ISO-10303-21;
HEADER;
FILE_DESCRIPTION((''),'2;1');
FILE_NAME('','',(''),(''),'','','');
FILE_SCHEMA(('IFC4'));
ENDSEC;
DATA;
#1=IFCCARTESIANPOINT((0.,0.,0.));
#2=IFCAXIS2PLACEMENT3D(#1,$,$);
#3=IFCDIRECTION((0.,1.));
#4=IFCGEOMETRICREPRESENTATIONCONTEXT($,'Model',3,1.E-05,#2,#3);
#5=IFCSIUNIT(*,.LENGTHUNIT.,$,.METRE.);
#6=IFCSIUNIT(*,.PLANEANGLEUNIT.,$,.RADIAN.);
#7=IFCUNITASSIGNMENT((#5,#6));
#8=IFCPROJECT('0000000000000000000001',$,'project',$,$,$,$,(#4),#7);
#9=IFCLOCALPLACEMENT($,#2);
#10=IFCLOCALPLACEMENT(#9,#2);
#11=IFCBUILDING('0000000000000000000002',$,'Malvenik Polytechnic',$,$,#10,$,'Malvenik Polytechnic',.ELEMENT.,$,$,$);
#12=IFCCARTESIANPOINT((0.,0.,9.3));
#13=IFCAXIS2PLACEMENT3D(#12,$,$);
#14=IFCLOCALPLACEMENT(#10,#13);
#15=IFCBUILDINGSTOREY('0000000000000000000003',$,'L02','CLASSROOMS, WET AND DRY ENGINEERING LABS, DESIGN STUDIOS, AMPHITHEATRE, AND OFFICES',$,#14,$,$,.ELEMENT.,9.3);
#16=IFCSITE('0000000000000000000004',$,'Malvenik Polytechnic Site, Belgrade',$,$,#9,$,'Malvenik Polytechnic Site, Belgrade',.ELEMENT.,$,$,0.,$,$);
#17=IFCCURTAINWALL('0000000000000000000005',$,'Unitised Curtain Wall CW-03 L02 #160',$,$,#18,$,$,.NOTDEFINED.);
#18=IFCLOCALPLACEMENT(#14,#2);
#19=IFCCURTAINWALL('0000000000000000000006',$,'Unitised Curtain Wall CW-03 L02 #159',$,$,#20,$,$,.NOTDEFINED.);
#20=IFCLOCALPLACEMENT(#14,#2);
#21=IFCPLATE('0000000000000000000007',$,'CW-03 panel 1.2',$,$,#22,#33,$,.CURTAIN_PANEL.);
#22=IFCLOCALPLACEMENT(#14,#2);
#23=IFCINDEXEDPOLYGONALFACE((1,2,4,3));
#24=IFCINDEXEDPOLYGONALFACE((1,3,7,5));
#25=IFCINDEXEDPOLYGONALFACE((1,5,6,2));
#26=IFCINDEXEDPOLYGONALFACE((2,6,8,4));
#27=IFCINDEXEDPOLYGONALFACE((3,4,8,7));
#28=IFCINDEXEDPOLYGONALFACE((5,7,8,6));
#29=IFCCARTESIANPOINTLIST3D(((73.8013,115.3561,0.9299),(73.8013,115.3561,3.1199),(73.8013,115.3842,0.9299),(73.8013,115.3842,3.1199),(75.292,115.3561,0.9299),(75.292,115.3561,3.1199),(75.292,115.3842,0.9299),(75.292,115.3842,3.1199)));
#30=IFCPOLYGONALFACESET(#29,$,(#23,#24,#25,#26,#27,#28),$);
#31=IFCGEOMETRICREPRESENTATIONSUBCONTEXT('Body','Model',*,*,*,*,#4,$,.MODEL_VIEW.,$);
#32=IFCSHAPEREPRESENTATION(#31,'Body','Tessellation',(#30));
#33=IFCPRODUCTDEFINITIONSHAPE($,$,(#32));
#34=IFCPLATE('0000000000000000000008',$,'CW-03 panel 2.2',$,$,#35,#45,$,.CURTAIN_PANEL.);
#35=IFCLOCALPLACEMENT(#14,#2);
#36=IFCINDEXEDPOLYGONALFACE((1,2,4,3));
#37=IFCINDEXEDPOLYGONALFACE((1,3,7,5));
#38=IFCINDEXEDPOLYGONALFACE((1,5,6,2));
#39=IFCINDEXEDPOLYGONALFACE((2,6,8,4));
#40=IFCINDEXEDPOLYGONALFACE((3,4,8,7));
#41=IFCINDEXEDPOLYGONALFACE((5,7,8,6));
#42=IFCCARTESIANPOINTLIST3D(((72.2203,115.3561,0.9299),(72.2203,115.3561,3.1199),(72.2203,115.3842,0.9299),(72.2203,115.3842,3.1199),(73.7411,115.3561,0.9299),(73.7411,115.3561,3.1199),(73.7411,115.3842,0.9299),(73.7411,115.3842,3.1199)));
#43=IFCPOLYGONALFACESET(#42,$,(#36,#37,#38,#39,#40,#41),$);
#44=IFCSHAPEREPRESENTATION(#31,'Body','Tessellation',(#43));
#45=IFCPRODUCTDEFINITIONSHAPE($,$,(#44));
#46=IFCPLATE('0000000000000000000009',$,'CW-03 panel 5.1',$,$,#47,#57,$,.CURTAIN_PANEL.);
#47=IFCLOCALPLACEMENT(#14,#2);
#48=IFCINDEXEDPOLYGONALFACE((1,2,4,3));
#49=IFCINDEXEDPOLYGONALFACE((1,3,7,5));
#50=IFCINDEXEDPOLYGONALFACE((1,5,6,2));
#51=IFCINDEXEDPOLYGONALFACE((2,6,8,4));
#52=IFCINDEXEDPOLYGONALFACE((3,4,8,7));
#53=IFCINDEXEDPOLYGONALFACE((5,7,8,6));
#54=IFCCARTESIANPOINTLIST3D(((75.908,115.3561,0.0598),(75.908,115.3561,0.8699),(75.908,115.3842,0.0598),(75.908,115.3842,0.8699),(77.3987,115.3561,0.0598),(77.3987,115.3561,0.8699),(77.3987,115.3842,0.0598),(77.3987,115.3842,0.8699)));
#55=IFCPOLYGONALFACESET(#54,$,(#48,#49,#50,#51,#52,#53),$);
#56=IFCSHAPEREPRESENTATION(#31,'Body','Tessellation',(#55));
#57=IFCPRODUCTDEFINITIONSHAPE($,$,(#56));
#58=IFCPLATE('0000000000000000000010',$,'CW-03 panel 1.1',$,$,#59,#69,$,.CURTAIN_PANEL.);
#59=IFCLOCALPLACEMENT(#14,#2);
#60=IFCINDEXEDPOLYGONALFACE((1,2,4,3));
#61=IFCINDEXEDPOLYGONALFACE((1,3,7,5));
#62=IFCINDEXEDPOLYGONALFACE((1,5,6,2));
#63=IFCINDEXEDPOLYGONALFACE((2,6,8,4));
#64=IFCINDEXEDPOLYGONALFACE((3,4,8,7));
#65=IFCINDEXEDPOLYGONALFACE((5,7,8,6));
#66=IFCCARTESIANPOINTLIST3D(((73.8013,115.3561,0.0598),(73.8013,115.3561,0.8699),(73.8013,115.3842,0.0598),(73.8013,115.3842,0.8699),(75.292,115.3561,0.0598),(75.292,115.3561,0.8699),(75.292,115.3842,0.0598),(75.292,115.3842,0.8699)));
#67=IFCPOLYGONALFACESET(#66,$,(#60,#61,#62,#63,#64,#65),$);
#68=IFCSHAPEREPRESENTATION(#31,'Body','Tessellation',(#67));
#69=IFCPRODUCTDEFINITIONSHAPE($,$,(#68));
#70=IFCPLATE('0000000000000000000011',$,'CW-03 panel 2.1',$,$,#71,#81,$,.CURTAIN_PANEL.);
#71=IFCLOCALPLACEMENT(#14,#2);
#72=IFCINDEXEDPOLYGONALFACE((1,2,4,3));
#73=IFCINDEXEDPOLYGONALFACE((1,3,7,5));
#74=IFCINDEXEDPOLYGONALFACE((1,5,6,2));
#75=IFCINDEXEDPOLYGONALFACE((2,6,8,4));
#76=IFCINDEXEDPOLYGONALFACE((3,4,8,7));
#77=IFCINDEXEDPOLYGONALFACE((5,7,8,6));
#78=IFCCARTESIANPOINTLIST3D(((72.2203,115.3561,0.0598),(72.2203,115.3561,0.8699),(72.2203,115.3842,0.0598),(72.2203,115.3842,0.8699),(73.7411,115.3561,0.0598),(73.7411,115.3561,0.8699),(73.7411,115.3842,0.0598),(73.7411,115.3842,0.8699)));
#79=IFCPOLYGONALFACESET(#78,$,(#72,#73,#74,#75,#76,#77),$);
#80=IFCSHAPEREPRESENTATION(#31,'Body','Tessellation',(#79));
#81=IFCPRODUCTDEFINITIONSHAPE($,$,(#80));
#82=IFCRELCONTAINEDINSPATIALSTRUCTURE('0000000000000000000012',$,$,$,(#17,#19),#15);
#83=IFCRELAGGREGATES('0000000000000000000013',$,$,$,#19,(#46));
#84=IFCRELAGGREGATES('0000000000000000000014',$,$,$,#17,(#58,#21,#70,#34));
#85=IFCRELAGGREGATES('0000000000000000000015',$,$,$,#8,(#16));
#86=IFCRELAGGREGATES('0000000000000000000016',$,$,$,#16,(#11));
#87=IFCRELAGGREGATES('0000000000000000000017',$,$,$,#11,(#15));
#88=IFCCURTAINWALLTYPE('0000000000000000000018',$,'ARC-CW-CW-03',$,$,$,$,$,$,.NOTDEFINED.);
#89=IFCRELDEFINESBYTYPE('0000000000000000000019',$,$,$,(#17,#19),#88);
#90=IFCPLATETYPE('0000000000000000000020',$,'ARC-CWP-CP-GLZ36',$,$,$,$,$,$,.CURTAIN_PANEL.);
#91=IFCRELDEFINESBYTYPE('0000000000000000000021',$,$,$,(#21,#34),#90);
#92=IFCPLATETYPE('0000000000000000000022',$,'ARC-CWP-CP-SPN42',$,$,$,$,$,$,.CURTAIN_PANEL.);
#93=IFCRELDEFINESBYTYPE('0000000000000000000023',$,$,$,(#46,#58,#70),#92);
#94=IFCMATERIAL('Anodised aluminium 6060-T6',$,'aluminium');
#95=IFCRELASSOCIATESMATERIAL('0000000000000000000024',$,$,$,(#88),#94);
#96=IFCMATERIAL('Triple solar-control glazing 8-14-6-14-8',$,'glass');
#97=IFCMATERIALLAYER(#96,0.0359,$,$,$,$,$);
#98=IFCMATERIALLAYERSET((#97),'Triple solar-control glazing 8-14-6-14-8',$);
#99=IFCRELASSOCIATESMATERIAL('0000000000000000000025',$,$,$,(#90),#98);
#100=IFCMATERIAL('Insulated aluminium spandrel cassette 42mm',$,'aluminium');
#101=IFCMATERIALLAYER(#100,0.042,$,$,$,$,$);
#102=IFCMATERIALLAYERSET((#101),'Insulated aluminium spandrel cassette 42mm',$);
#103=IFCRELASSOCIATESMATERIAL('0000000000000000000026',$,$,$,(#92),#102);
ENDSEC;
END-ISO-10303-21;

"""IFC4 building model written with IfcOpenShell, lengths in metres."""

from ifc_helpers import new_model, si_unit, direction, frame, origin, origin_2d, place, context, subcontext, project, spatial, rectangle, extrude, material, layer, layer_set, type_object, element, aggregate, save


model = new_model("IFC4")

# Units and contexts
model_context = context("Model", 3, precision=1e-05, world=origin(), true_north=direction((0.0, 1.0)))
body_context = subcontext(model_context, "Body", "Model", "MODEL_VIEW")
ifc_project = project(units=[si_unit("LENGTHUNIT", "METRE"), si_unit("PLANEANGLEUNIT", "RADIAN")], contexts=[model_context])

# Site, building, storey
site_placement = place(None, origin())
site = spatial("IfcSite", under=ifc_project, at=site_placement, Name="Malvenik Polytechnic Site, Belgrade", LongName="Malvenik Polytechnic Site, Belgrade", CompositionType="ELEMENT", RefElevation=0.0)
building_placement = place(site_placement, origin())
building = spatial("IfcBuilding", under=site, at=building_placement, Name="Malvenik Polytechnic", LongName="Malvenik Polytechnic", CompositionType="ELEMENT")
storey_placement = place(building_placement, frame((0.0, 0.0, 9.3)))
storey = spatial("IfcBuildingStorey", under=building, at=storey_placement, Name="L02", Description="CLASSROOMS, WET AND DRY ENGINEERING LABS, DESIGN STUDIOS, AMPHITHEATRE, AND OFFICES", CompositionType="ELEMENT", Elevation=9.3)

# Curtain walls
ifc_material_1 = material(Name="Anodised aluminium 6060-T6", Category="aluminium")
curtain_wall_type = type_object("IfcCurtainWallType", Name="ARC-CW-CW-03", PredefinedType="NOTDEFINED", material=ifc_material_1)
curtain_wall_1_placement = place(storey_placement, origin())
curtain_wall_1 = element("IfcCurtainWall", 1, at=curtain_wall_1_placement, inside=storey, type_object=curtain_wall_type, Name="Unitised Curtain Wall CW-03 L02 #160", PredefinedType="NOTDEFINED")
curtain_wall_2_placement = place(storey_placement, origin())
curtain_wall_2 = element("IfcCurtainWall", 2, at=curtain_wall_2_placement, inside=storey, type_object=curtain_wall_type, Name="Unitised Curtain Wall CW-03 L02 #159", PredefinedType="NOTDEFINED")

# Plates
ifc_material_2 = material(Name="Triple solar-control glazing 8-14-6-14-8", Category="glass")
ifc_layer_1 = layer(ifc_material_2, 0.0359)
ifc_layer_set_1 = layer_set([ifc_layer_1], Name="Triple solar-control glazing 8-14-6-14-8")
plate_type_1 = type_object("IfcPlateType", Name="ARC-CWP-CP-GLZ36", PredefinedType="CURTAIN_PANEL", material=ifc_layer_set_1)
plate_1_placement = place(storey_placement, frame((74.5466, 115.3701, 0.9299), z_axis=(0.0, 0.0, 1.0), x_axis=(-1.0, 0.0, 0.0)))
plate_1 = element("IfcPlate", 3, at=plate_1_placement, type_object=plate_type_1, Name="CW-03 panel 1.2", PredefinedType="CURTAIN_PANEL", context=body_context, shape_type="SweptSolid", body=[
    extrude(rectangle(XDim=1.4907, YDim=0.0281, at=origin_2d()), origin(), (0.0, 0.0, 1.0), 2.1899),
])
plate_2_placement = place(storey_placement, frame((72.9807, 115.3701, 0.9299), z_axis=(0.0, 0.0, 1.0), x_axis=(-1.0, 0.0, 0.0)))
plate_2 = element("IfcPlate", 4, at=plate_2_placement, type_object=plate_type_1, Name="CW-03 panel 2.2", PredefinedType="CURTAIN_PANEL", context=body_context, shape_type="SweptSolid", body=[
    extrude(rectangle(XDim=1.5208, YDim=0.0281, at=origin_2d()), origin(), (0.0, 0.0, 1.0), 2.1899),
])
ifc_material_3 = material(Name="Insulated aluminium spandrel cassette 42mm", Category="aluminium")
ifc_layer_2 = layer(ifc_material_3, 0.042)
ifc_layer_set_2 = layer_set([ifc_layer_2], Name="Insulated aluminium spandrel cassette 42mm")
plate_type_2 = type_object("IfcPlateType", Name="ARC-CWP-CP-SPN42", PredefinedType="CURTAIN_PANEL", material=ifc_layer_set_2)
plate_3_placement = place(storey_placement, frame((76.6533, 115.3701, 0.0598), z_axis=(0.0, 0.0, 1.0), x_axis=(-1.0, 0.0, 0.0)))
plate_3 = element("IfcPlate", 5, at=plate_3_placement, type_object=plate_type_2, Name="CW-03 panel 5.1", PredefinedType="CURTAIN_PANEL", context=body_context, shape_type="SweptSolid", body=[
    extrude(rectangle(XDim=1.4907, YDim=0.0281, at=origin_2d()), origin(), (0.0, 0.0, 1.0), 0.8101),
])
aggregate(curtain_wall_2, [plate_3])
plate_4_placement = place(storey_placement, frame((74.5466, 115.3701, 0.0598), z_axis=(0.0, 0.0, 1.0), x_axis=(-1.0, 0.0, 0.0)))
plate_4 = element("IfcPlate", 6, at=plate_4_placement, type_object=plate_type_2, Name="CW-03 panel 1.1", PredefinedType="CURTAIN_PANEL", context=body_context, shape_type="SweptSolid", body=[
    extrude(rectangle(XDim=1.4907, YDim=0.0281, at=origin_2d()), origin(), (0.0, 0.0, 1.0), 0.8101),
])
plate_5_placement = place(storey_placement, frame((72.9807, 115.3701, 0.0598), z_axis=(0.0, 0.0, 1.0), x_axis=(-1.0, 0.0, 0.0)))
plate_5 = element("IfcPlate", 7, at=plate_5_placement, type_object=plate_type_2, Name="CW-03 panel 2.1", PredefinedType="CURTAIN_PANEL", context=body_context, shape_type="SweptSolid", body=[
    extrude(rectangle(XDim=1.5208, YDim=0.0281, at=origin_2d()), origin(), (0.0, 0.0, 1.0), 0.8101),
])
aggregate(curtain_wall_1, [plate_4, plate_1, plate_5, plate_2])

save(model, "model.ifc")
